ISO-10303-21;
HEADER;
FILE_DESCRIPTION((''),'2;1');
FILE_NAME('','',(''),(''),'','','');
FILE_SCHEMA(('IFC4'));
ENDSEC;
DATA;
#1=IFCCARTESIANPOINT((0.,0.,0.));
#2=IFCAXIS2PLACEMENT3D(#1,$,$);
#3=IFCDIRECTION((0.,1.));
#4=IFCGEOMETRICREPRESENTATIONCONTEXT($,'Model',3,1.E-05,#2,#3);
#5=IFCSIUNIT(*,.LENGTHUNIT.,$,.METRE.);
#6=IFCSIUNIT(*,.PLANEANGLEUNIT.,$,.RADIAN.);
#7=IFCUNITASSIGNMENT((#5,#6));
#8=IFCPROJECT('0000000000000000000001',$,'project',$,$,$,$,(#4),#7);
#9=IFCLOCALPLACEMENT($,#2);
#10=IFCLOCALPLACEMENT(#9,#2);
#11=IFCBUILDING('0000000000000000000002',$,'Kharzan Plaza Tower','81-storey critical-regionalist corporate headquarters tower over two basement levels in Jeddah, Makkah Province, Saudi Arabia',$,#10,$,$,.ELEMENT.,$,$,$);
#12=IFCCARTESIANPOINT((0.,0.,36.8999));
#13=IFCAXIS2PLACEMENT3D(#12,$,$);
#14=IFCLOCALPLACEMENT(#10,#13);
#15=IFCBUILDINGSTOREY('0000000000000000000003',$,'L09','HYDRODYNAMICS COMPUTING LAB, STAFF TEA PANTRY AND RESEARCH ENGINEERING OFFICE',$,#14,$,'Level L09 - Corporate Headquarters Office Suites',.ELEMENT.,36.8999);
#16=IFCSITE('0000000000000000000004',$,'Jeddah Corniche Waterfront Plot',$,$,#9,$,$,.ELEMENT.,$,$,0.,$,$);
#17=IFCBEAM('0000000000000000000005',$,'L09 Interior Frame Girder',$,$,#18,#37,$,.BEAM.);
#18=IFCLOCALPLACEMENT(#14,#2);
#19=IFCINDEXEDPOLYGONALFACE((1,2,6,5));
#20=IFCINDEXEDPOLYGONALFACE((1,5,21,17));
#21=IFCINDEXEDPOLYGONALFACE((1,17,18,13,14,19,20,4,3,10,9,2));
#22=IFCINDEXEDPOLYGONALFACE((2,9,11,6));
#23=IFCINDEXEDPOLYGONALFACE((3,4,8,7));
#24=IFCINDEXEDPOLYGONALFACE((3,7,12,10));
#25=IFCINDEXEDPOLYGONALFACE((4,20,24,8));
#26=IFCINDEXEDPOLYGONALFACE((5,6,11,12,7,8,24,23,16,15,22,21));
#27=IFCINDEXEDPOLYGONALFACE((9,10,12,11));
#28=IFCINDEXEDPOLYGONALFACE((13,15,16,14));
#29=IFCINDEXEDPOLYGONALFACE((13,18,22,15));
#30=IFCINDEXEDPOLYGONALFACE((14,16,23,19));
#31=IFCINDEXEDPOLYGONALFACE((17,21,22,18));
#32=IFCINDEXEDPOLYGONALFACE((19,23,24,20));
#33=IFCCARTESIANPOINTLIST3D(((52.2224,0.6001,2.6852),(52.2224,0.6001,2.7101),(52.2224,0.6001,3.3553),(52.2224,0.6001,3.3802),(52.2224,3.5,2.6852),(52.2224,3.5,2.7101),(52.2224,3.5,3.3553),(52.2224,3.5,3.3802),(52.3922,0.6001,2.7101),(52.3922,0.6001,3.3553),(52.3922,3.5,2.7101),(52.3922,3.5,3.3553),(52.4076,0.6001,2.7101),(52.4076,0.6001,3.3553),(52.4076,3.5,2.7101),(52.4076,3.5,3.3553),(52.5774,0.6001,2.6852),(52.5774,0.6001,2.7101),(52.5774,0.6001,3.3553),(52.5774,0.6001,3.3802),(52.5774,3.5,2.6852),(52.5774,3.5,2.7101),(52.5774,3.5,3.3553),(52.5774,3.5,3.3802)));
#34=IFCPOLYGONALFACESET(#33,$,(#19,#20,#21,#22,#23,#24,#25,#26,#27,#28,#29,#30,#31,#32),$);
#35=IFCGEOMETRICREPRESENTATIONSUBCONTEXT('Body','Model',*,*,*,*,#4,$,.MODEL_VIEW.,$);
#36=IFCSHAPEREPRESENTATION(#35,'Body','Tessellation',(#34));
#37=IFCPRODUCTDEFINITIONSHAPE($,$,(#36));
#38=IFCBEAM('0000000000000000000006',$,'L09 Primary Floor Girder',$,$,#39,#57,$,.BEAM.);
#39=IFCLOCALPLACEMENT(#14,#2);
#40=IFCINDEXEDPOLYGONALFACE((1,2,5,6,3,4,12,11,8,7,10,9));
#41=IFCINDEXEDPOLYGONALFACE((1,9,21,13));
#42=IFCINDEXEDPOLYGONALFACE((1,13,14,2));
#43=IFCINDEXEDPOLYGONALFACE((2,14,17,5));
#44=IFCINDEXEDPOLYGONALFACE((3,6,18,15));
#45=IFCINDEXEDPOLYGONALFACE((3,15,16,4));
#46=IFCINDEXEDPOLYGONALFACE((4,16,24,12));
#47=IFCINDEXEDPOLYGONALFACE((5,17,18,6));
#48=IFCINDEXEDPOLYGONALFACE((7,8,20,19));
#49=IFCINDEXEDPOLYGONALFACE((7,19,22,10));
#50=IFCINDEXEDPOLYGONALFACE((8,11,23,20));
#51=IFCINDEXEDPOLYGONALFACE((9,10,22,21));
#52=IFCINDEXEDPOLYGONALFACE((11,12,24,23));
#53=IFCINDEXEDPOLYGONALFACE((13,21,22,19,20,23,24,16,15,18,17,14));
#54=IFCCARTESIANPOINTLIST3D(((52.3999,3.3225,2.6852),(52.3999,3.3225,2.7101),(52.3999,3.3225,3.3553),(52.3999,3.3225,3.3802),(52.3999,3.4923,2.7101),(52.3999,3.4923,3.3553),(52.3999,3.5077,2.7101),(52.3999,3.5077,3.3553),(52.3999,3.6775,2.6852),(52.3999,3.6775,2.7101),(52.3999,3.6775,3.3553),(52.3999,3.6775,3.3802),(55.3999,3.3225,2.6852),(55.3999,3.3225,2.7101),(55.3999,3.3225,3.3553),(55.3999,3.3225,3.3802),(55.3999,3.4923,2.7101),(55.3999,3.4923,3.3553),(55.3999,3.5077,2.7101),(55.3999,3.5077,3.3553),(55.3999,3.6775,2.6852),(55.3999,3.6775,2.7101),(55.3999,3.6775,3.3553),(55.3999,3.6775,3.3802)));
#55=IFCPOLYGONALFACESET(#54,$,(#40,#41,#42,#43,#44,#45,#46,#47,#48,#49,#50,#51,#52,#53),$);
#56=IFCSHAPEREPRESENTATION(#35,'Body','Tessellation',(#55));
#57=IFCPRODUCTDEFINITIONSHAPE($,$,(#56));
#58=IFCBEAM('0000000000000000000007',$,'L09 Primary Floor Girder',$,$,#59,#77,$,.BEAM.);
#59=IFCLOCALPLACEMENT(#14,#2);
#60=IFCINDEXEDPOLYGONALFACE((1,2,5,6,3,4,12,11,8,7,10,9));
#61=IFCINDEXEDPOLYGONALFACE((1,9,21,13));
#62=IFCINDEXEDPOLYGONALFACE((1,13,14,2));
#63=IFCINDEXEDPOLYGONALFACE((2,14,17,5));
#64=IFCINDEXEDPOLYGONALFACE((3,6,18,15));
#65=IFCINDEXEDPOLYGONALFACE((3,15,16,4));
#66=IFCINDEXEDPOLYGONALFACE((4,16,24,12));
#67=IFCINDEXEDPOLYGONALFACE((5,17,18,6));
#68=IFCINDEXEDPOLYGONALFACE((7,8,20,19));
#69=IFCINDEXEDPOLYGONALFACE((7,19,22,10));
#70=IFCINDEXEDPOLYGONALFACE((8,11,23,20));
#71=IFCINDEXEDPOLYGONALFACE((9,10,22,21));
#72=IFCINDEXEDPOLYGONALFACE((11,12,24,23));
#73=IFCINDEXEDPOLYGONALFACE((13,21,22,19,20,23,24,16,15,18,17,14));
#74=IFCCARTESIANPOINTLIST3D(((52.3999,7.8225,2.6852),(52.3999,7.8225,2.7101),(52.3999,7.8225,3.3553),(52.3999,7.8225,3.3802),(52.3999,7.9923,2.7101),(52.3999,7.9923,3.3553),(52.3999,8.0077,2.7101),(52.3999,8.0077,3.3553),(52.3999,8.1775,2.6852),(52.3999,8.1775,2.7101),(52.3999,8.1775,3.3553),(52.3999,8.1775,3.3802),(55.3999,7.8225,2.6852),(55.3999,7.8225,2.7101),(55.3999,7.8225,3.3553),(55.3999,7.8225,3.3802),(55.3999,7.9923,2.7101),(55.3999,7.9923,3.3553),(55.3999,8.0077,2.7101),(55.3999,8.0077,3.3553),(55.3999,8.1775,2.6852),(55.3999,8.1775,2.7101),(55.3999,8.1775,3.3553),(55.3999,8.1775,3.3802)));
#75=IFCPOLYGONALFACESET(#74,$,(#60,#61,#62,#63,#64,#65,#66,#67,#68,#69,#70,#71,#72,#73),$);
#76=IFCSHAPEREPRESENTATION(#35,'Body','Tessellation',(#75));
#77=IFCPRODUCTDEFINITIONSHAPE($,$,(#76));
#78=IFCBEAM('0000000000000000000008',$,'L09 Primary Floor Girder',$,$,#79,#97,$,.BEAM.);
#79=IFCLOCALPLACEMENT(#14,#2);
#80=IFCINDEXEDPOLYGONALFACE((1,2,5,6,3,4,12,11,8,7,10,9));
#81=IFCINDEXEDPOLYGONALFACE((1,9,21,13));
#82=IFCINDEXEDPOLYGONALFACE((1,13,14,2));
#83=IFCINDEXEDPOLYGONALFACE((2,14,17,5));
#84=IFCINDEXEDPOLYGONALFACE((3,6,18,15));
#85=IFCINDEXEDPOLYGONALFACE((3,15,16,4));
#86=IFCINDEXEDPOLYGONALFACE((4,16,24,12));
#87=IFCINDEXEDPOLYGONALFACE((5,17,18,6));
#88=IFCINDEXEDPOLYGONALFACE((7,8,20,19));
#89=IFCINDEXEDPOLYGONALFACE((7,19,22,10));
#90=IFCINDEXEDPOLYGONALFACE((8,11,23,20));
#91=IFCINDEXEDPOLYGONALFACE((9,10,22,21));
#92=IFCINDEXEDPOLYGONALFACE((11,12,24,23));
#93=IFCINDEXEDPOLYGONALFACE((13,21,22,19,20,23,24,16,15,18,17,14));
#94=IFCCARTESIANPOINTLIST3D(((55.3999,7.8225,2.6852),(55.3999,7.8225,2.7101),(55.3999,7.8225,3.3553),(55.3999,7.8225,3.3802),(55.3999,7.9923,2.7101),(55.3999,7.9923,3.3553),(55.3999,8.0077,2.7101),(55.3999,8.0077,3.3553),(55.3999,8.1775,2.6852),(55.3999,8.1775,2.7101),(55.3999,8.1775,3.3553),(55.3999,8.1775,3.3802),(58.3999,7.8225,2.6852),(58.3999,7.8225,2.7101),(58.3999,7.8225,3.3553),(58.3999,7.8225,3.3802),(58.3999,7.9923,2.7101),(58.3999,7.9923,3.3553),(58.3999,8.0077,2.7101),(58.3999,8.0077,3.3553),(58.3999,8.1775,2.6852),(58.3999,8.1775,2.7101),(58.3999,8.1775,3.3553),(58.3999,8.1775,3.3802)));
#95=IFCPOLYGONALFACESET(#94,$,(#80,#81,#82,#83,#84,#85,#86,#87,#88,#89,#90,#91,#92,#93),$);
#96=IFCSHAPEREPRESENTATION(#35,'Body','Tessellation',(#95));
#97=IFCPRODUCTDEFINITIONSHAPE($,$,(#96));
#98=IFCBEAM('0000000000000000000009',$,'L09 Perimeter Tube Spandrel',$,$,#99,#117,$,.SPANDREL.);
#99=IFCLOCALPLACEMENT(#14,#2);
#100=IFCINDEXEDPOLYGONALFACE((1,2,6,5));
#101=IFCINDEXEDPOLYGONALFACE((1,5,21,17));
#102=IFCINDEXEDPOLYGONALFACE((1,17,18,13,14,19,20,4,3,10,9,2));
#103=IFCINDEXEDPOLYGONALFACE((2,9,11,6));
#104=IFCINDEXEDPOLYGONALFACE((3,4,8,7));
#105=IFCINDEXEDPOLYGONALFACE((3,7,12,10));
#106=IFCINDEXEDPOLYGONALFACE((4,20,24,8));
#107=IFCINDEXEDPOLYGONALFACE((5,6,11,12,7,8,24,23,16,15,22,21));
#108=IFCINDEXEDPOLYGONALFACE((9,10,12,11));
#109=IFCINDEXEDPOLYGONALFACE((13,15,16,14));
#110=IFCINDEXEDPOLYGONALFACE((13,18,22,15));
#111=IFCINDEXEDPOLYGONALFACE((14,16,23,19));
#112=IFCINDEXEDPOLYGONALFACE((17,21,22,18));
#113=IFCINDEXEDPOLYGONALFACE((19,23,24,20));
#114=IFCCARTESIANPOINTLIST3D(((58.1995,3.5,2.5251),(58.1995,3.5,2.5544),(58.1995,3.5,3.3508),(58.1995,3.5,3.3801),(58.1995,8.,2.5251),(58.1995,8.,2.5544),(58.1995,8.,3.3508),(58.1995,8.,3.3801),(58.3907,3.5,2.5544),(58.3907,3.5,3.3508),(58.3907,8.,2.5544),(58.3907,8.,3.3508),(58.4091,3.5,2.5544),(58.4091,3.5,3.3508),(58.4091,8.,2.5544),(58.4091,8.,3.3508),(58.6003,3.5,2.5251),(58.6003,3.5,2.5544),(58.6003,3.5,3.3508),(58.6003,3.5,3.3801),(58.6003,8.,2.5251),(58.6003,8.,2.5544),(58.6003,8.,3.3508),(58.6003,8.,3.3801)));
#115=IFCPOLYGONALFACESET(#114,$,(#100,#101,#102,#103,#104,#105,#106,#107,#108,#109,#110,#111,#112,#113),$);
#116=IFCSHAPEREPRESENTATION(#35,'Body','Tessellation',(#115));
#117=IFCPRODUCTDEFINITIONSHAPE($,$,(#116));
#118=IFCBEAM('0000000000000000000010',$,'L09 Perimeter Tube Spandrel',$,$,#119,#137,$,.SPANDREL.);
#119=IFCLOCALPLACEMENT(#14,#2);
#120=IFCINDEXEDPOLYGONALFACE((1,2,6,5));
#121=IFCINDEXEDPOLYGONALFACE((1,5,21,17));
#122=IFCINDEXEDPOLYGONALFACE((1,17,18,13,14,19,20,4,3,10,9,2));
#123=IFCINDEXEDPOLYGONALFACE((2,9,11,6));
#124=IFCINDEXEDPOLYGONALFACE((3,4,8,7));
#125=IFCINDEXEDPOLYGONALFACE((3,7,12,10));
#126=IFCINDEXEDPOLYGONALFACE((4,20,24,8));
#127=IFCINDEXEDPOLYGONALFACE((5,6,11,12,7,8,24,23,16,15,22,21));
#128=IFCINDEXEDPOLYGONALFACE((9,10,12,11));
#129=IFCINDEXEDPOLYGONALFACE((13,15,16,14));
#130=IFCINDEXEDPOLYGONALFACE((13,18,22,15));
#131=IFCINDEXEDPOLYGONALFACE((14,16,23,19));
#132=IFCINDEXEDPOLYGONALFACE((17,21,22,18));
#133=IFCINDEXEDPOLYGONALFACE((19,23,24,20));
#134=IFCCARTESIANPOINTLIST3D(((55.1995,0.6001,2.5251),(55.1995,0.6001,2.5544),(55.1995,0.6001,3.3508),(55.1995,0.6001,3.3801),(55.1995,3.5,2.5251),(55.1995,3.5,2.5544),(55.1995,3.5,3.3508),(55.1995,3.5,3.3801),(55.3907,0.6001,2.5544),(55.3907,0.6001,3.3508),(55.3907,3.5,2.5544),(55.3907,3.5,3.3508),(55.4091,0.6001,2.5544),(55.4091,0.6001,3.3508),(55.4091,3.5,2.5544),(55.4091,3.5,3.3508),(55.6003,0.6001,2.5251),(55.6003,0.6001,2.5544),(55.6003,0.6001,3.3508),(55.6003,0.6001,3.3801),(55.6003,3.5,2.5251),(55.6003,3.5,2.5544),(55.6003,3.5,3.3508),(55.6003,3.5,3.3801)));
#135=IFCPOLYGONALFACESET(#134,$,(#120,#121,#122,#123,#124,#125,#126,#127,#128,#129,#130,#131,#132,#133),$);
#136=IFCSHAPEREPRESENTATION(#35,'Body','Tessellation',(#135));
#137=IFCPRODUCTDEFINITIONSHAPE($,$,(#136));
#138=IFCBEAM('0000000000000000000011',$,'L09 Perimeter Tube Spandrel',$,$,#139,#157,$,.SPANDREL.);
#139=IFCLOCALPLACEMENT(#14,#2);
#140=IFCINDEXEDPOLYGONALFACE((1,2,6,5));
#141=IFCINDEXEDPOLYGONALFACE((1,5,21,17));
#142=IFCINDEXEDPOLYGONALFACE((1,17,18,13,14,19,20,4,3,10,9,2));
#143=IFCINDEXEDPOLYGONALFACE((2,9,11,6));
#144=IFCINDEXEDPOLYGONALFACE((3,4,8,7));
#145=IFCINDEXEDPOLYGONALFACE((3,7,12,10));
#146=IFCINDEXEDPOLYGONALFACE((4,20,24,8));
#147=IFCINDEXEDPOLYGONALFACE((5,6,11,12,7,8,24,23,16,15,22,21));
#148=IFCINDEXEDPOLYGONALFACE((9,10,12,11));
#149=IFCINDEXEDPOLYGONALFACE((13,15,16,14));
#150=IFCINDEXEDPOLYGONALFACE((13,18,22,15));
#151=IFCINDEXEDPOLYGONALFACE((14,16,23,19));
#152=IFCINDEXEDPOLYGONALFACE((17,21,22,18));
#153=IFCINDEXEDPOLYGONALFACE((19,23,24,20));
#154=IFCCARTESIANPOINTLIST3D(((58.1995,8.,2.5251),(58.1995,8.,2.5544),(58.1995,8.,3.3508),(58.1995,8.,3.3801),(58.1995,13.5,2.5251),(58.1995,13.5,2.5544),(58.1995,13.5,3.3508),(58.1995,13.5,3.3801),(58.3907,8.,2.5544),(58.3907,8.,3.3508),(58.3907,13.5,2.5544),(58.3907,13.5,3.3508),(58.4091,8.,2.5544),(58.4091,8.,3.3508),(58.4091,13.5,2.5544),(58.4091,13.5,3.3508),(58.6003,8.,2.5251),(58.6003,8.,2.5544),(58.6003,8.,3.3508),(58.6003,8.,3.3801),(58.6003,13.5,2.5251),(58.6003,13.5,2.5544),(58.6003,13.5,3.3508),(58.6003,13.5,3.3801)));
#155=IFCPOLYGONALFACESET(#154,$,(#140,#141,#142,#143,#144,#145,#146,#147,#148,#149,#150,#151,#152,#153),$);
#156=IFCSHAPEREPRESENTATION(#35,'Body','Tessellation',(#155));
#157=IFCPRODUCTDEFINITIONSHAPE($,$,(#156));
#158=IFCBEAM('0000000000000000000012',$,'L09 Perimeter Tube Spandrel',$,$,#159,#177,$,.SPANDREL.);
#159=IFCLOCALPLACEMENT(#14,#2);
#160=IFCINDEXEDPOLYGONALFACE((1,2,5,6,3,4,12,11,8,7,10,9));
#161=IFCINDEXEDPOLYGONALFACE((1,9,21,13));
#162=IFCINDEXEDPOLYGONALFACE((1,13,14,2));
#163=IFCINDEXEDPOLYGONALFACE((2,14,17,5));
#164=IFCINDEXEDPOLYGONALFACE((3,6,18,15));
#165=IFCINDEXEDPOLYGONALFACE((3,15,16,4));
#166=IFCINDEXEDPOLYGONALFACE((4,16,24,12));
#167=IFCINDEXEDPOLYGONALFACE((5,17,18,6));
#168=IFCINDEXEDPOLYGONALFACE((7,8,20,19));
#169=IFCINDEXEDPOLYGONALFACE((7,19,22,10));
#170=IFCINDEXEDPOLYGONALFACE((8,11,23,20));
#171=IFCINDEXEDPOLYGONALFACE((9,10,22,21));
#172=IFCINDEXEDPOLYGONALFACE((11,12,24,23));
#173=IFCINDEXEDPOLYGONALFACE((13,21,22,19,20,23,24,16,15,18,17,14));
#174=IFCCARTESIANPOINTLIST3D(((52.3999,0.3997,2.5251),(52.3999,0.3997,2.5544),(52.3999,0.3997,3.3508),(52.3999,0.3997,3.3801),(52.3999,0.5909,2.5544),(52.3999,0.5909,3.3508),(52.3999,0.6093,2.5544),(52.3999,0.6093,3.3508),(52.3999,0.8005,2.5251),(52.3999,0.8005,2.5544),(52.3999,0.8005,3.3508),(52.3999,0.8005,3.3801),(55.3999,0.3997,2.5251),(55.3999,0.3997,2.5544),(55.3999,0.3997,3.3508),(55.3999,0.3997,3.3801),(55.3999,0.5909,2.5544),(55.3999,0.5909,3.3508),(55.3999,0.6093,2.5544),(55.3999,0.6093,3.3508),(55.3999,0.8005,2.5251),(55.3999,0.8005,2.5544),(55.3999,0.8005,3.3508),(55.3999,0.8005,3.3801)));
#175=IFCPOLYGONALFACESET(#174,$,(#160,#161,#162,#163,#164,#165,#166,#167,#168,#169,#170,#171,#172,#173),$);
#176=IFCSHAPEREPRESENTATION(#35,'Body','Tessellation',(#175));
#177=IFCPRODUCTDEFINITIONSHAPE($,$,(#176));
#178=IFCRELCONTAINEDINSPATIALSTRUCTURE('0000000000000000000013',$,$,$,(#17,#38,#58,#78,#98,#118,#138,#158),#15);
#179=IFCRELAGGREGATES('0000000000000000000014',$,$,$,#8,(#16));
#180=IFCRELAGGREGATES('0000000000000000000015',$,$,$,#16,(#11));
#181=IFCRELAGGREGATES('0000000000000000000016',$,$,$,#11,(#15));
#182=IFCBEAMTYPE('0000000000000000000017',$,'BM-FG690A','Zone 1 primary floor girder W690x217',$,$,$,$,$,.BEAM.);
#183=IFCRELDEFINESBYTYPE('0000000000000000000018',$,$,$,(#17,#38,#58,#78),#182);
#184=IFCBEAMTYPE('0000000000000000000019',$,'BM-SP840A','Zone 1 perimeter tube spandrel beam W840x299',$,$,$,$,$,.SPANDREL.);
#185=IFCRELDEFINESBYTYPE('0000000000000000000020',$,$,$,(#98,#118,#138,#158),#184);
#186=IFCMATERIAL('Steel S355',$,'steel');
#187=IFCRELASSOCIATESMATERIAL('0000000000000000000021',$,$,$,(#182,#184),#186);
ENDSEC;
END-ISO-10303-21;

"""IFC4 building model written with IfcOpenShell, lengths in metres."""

from ifc_helpers import new_model, si_unit, direction, frame, origin, origin_2d, place, context, subcontext, project, spatial, i_section, extrude, source, transform, mapped, material, material_profile, profile_set, type_object, element, save


model = new_model("IFC4")

# Units and contexts
model_context = context("Model", 3, precision=1e-05, world=origin(), true_north=direction((0.0, 1.0)))
body_context = subcontext(model_context, "Body", "Model", "MODEL_VIEW")
ifc_project = project(units=[si_unit("LENGTHUNIT", "METRE"), si_unit("PLANEANGLEUNIT", "RADIAN")], contexts=[model_context])

# Site, building, storey
site_placement = place(None, origin())
site = spatial("IfcSite", under=ifc_project, at=site_placement, Name="Jeddah Corniche Waterfront Plot", CompositionType="ELEMENT", RefElevation=0.0)
building_placement = place(site_placement, origin())
building = spatial("IfcBuilding", under=site, at=building_placement, Name="Kharzan Plaza Tower", Description="81-storey critical-regionalist corporate headquarters tower over two basement levels in Jeddah, Makkah Province, Saudi Arabia", CompositionType="ELEMENT")
storey_placement = place(building_placement, frame((0.0, 0.0, 36.8999)))
storey = spatial("IfcBuildingStorey", under=building, at=storey_placement, Name="L09", Description="HYDRODYNAMICS COMPUTING LAB, STAFF TEA PANTRY AND RESEARCH ENGINEERING OFFICE", LongName="Level L09 - Corporate Headquarters Office Suites", CompositionType="ELEMENT", Elevation=36.8999)

# Beams
ifc_material_1 = material(Name="Steel S355", Category="steel")
ifc_material_profile_1 = material_profile(ifc_material_1, i_section(OverallWidth=0.355, OverallDepth=0.6951, WebThickness=0.0154, FlangeThickness=0.0249, at=origin_2d()), Name="W690x217")
ifc_profile_set_1 = profile_set([ifc_material_profile_1], Name="Steel S355")
beam_type_1 = type_object("IfcBeamType", Name="BM-FG690A", Description="Zone 1 primary floor girder W690x217", PredefinedType="BEAM", material=ifc_profile_set_1)
shared_shape_1 = source(origin(), body_context, "Body", "SweptSolid", [
    extrude(i_section(OverallWidth=0.355, OverallDepth=0.6951, WebThickness=0.0154, FlangeThickness=0.0249, at=origin_2d()), origin(), (0.0, 0.0, 1.0), 2.8999),
])
beam_1_placement = place(storey_placement, frame((52.3999, 0.6001, 3.0327), z_axis=(0.0, 1.0, 0.0), x_axis=(-1.0, 0.0, 0.0)))
element("IfcBeam", 1, at=beam_1_placement, inside=storey, type_object=beam_type_1, Name="L09 Interior Frame Girder", PredefinedType="BEAM", context=body_context, shape_type="MappedRepresentation", body=[
    mapped(shared_shape_1, transform((0.0, 0.0, 0.0), x_axis=(1.0, 0.0, 0.0), y_axis=(0.0, 1.0, 0.0), z_axis=(0.0, 0.0, 1.0))),
])
shared_shape_2 = source(origin(), body_context, "Body", "SweptSolid", [
    extrude(i_section(OverallWidth=0.355, OverallDepth=0.6951, WebThickness=0.0154, FlangeThickness=0.0249, at=origin_2d()), origin(), (0.0, 0.0, 1.0), 3.0),
])
for number, where, z_axis, x_axis, name in (
    (2, (52.3999, 3.5, 3.0327), (1.0, 0.0, 0.0), (0.0, 1.0, 0.0), "L09 Primary Floor Girder"),
    (3, (52.3999, 8.0, 3.0327), (1.0, 0.0, 0.0), (0.0, 1.0, 0.0), "L09 Primary Floor Girder"),
    (4, (55.3999, 8.0, 3.0327), (1.0, 0.0, 0.0), (0.0, 1.0, 0.0), "L09 Primary Floor Girder"),
):
    element("IfcBeam", number, at=place(storey_placement, frame(where, z_axis=z_axis, x_axis=x_axis)), inside=storey, type_object=beam_type_1, Name=name, PredefinedType="BEAM", context=body_context, shape_type="MappedRepresentation", body=[
        mapped(shared_shape_2, transform((0.0, 0.0, 0.0), x_axis=(1.0, 0.0, 0.0), y_axis=(0.0, 1.0, 0.0), z_axis=(0.0, 0.0, 1.0))),
    ])
ifc_material_profile_2 = material_profile(ifc_material_1, i_section(OverallWidth=0.4009, OverallDepth=0.855, WebThickness=0.0183, FlangeThickness=0.0293, at=origin_2d()), Name="W840x299")
ifc_profile_set_2 = profile_set([ifc_material_profile_2], Name="Steel S355")
beam_type_2 = type_object("IfcBeamType", Name="BM-SP840A", Description="Zone 1 perimeter tube spandrel beam W840x299", PredefinedType="SPANDREL", material=ifc_profile_set_2)
shared_shape_3 = source(origin(), body_context, "Body", "SweptSolid", [
    extrude(i_section(OverallWidth=0.4009, OverallDepth=0.855, WebThickness=0.0183, FlangeThickness=0.0293, at=origin_2d()), origin(), (0.0, 0.0, 1.0), 4.5),
])
beam_2_placement = place(storey_placement, frame((58.3999, 3.5, 2.9526), z_axis=(0.0, 1.0, 0.0), x_axis=(-1.0, 0.0, 0.0)))
element("IfcBeam", 5, at=beam_2_placement, inside=storey, type_object=beam_type_2, Name="L09 Perimeter Tube Spandrel", PredefinedType="SPANDREL", context=body_context, shape_type="MappedRepresentation", body=[
    mapped(shared_shape_3, transform((0.0, 0.0, 0.0), x_axis=(1.0, 0.0, 0.0), y_axis=(0.0, 1.0, 0.0), z_axis=(0.0, 0.0, 1.0))),
])
shared_shape_4 = source(origin(), body_context, "Body", "SweptSolid", [
    extrude(i_section(OverallWidth=0.4009, OverallDepth=0.855, WebThickness=0.0183, FlangeThickness=0.0293, at=origin_2d()), origin(), (0.0, 0.0, 1.0), 2.8999),
])
beam_3_placement = place(storey_placement, frame((55.3999, 0.6001, 2.9526), z_axis=(0.0, 1.0, 0.0), x_axis=(-1.0, 0.0, 0.0)))
element("IfcBeam", 6, at=beam_3_placement, inside=storey, type_object=beam_type_2, Name="L09 Perimeter Tube Spandrel", PredefinedType="SPANDREL", context=body_context, shape_type="MappedRepresentation", body=[
    mapped(shared_shape_4, transform((0.0, 0.0, 0.0), x_axis=(1.0, 0.0, 0.0), y_axis=(0.0, 1.0, 0.0), z_axis=(0.0, 0.0, 1.0))),
])
shared_shape_5 = source(origin(), body_context, "Body", "SweptSolid", [
    extrude(i_section(OverallWidth=0.4009, OverallDepth=0.855, WebThickness=0.0183, FlangeThickness=0.0293, at=origin_2d()), origin(), (0.0, 0.0, 1.0), 5.5),
])
beam_4_placement = place(storey_placement, frame((58.3999, 8.0, 2.9526), z_axis=(0.0, 1.0, 0.0), x_axis=(-1.0, 0.0, 0.0)))
element("IfcBeam", 7, at=beam_4_placement, inside=storey, type_object=beam_type_2, Name="L09 Perimeter Tube Spandrel", PredefinedType="SPANDREL", context=body_context, shape_type="MappedRepresentation", body=[
    mapped(shared_shape_5, transform((0.0, 0.0, 0.0), x_axis=(1.0, 0.0, 0.0), y_axis=(0.0, 1.0, 0.0), z_axis=(0.0, 0.0, 1.0))),
])
shared_shape_6 = source(origin(), body_context, "Body", "SweptSolid", [
    extrude(i_section(OverallWidth=0.4009, OverallDepth=0.855, WebThickness=0.0183, FlangeThickness=0.0293, at=origin_2d()), origin(), (0.0, 0.0, 1.0), 3.0),
])
for number, where, z_axis, x_axis, name in (
    (8, (52.3999, 0.6001, 2.9526), (1.0, 0.0, 0.0), (0.0, 1.0, 0.0), "L09 Perimeter Tube Spandrel"),
):
    element("IfcBeam", number, at=place(storey_placement, frame(where, z_axis=z_axis, x_axis=x_axis)), inside=storey, type_object=beam_type_2, Name=name, PredefinedType="SPANDREL", context=body_context, shape_type="MappedRepresentation", body=[
        mapped(shared_shape_6, transform((0.0, 0.0, 0.0), x_axis=(1.0, 0.0, 0.0), y_axis=(0.0, 1.0, 0.0), z_axis=(0.0, 0.0, 1.0))),
    ])

save(model, "model.ifc")
